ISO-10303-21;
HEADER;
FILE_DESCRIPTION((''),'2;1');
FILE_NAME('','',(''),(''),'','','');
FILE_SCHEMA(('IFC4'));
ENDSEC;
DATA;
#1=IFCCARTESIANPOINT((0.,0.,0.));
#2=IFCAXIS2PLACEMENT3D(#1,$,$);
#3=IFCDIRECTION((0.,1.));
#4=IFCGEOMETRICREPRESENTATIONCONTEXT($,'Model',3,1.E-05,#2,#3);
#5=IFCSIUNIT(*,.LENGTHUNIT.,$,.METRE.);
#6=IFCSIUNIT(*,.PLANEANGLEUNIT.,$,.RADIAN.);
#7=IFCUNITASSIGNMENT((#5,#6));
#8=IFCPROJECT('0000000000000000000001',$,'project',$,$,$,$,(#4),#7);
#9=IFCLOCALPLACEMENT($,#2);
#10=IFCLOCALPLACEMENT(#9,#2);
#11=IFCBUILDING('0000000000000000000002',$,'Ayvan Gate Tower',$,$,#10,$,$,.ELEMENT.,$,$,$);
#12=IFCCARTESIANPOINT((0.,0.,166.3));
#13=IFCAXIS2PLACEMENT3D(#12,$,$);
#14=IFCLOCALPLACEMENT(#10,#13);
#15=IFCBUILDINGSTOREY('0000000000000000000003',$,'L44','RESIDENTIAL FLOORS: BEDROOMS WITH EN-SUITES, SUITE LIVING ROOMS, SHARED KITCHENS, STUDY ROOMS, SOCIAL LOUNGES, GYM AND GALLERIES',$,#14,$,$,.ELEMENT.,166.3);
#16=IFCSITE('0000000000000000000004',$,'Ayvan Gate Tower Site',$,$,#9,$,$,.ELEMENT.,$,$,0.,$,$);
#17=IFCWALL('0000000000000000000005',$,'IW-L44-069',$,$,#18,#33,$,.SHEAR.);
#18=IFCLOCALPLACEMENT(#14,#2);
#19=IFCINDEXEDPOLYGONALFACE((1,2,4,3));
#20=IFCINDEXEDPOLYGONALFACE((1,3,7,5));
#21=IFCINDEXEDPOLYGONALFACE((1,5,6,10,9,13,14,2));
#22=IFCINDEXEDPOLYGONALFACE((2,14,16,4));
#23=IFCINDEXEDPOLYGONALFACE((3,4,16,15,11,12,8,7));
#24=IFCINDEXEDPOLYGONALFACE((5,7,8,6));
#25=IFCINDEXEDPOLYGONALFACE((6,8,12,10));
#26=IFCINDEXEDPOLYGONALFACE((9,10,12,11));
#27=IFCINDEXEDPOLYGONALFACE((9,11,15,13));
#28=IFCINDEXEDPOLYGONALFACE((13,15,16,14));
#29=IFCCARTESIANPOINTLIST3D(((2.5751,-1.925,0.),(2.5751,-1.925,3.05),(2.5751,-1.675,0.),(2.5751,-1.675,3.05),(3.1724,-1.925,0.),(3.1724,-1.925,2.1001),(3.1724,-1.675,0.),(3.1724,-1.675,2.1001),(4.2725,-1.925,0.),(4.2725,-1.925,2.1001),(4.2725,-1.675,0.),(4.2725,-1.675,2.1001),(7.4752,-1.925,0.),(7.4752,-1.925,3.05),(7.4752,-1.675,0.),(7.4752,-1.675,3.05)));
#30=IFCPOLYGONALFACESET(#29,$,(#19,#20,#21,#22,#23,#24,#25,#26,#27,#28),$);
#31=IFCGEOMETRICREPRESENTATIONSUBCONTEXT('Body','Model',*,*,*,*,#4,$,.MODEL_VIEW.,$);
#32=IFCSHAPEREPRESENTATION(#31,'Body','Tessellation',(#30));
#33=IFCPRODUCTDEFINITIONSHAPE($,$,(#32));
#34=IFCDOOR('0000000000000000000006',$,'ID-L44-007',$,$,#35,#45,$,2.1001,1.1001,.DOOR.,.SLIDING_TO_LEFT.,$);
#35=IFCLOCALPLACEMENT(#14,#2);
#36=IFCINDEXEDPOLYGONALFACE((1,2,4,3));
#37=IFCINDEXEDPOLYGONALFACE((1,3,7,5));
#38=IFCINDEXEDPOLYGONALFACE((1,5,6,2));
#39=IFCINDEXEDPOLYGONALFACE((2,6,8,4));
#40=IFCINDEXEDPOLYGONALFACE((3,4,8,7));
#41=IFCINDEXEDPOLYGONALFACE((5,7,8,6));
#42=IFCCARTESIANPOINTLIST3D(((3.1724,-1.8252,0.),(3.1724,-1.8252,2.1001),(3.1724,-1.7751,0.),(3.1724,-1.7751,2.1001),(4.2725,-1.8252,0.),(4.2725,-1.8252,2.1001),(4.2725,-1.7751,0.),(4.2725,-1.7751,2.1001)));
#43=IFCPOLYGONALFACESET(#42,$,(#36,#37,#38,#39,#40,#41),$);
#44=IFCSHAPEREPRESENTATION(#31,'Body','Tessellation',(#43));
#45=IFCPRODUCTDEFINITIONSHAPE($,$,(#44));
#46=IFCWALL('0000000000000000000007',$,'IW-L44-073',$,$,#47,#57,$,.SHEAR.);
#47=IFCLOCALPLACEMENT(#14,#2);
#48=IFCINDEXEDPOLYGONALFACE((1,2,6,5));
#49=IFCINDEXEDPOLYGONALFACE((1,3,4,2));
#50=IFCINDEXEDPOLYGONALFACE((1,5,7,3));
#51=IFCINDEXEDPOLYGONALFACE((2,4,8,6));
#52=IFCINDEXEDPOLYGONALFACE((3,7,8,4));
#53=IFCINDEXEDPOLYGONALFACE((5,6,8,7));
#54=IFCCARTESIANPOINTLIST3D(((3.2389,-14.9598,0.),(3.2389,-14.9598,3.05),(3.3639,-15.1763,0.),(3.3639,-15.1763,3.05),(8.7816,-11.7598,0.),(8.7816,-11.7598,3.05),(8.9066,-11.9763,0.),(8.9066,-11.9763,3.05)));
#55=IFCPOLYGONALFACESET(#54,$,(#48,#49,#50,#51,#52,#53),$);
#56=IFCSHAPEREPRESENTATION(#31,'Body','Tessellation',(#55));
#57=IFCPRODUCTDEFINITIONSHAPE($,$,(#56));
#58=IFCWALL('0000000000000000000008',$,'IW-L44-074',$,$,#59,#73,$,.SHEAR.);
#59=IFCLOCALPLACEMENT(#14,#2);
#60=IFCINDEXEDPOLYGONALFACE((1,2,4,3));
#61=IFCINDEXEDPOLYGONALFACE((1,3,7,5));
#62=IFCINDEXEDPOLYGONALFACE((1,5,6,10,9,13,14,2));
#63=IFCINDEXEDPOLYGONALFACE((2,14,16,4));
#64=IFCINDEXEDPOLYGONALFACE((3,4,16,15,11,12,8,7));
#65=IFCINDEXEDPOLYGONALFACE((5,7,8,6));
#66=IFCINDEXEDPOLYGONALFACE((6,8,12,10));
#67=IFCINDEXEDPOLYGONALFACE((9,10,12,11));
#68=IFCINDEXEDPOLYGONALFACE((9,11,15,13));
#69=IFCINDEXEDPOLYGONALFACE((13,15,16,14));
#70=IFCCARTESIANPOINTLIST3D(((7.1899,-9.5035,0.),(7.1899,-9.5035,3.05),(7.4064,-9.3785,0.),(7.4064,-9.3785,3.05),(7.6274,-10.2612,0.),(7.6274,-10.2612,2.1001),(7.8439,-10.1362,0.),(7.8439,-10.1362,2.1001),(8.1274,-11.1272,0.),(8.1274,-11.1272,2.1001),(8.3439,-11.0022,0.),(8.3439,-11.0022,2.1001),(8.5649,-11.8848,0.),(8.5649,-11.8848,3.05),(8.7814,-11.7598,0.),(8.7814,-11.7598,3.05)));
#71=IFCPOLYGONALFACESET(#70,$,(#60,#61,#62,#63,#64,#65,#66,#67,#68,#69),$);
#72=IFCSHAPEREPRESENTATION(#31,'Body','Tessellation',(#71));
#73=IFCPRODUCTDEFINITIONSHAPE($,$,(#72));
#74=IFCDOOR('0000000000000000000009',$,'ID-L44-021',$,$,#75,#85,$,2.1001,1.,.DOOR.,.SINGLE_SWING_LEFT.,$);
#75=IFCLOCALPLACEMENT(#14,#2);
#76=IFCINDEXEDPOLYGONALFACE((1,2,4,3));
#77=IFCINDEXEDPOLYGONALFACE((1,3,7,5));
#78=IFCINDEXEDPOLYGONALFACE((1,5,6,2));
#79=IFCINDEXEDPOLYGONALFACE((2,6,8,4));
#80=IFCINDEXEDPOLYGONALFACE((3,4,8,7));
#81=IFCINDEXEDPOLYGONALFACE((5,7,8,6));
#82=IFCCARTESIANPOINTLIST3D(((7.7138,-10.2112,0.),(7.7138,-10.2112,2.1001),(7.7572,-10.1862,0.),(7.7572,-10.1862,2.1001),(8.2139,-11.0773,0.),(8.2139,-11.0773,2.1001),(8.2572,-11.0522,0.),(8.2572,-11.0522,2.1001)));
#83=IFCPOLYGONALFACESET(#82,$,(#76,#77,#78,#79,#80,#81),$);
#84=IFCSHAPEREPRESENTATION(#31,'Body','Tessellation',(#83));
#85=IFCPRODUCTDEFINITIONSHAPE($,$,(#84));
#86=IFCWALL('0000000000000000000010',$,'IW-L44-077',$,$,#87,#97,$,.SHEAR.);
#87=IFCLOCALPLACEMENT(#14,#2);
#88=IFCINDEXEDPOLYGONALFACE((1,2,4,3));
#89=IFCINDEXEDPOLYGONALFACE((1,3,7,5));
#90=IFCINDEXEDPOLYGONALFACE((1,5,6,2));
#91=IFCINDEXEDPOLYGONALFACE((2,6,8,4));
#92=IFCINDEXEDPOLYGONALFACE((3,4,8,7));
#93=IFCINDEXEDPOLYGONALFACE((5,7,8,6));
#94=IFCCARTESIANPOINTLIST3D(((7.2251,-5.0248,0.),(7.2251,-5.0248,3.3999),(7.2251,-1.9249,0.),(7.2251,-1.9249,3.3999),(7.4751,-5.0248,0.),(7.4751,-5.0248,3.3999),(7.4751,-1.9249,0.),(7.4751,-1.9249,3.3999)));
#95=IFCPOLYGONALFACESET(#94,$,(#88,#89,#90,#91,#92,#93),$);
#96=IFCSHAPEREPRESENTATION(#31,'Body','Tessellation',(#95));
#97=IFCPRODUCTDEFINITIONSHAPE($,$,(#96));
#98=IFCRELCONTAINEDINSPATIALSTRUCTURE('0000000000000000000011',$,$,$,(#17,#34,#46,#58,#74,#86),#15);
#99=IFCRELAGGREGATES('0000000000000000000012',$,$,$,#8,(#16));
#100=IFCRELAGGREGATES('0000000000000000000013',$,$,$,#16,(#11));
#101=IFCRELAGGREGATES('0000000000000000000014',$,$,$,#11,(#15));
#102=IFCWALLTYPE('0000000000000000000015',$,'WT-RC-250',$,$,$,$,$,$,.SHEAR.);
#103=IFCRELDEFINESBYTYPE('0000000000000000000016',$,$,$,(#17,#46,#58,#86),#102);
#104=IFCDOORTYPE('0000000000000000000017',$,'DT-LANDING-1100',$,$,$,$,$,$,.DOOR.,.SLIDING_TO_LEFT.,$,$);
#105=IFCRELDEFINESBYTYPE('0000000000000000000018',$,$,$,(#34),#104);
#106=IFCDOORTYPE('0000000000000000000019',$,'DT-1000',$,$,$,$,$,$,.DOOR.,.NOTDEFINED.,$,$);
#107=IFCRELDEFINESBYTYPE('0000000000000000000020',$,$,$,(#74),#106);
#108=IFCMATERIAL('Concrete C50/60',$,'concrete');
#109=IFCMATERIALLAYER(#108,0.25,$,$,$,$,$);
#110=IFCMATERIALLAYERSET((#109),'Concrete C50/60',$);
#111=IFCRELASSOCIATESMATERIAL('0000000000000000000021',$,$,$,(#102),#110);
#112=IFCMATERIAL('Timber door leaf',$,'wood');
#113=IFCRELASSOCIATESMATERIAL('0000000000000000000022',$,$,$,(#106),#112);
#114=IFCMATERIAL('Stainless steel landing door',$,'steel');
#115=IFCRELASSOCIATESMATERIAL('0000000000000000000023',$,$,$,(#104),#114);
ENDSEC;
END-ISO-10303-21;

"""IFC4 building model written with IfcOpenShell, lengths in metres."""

from ifc_helpers import new_model, si_unit, direction, frame, frame_2d, origin, place, context, subcontext, project, spatial, rectangle, extrude, material, layer, layer_set, type_object, element, fill, save


model = new_model("IFC4")

# Units and contexts
model_context = context("Model", 3, precision=1e-05, world=origin(), true_north=direction((0.0, 1.0)))
body_context = subcontext(model_context, "Body", "Model", "MODEL_VIEW")
ifc_project = project(units=[si_unit("LENGTHUNIT", "METRE"), si_unit("PLANEANGLEUNIT", "RADIAN")], contexts=[model_context])

# Site, building, storey
site_placement = place(None, origin())
site = spatial("IfcSite", under=ifc_project, at=site_placement, Name="Ayvan Gate Tower Site", CompositionType="ELEMENT", RefElevation=0.0)
building_placement = place(site_placement, origin())
building = spatial("IfcBuilding", under=site, at=building_placement, Name="Ayvan Gate Tower", CompositionType="ELEMENT")
storey_placement = place(building_placement, frame((0.0, 0.0, 166.3)))
storey = spatial("IfcBuildingStorey", under=building, at=storey_placement, Name="L44", Description="RESIDENTIAL FLOORS: BEDROOMS WITH EN-SUITES, SUITE LIVING ROOMS, SHARED KITCHENS, STUDY ROOMS, SOCIAL LOUNGES, GYM AND GALLERIES", CompositionType="ELEMENT", Elevation=166.3)

# Shared definitions
ifc_material_1 = material(Name="Timber door leaf", Category="wood")

# Shared definitions
ifc_material_2 = material(Name="Concrete C50/60", Category="concrete")
ifc_layer_1 = layer(ifc_material_2, 0.25)
ifc_layer_set_1 = layer_set([ifc_layer_1], Name="Concrete C50/60")
wall_type_1 = type_object("IfcWallType", Name="WT-RC-250", PredefinedType="SHEAR", material=ifc_layer_set_1)
door_type_1 = type_object("IfcDoorType", Name="DT-1000", OperationType="NOTDEFINED", PredefinedType="DOOR", material=ifc_material_1)

# Wall, opening, door
wall_1_placement = place(storey_placement, frame((2.575, -1.8, 0.0), z_axis=(0.0, 0.0, 1.0), x_axis=(1.0, 0.0, 0.0)))
wall_1 = element("IfcWall", 1, at=wall_1_placement, inside=storey, type_object=wall_type_1, Name="IW-L44-069", PredefinedType="SHEAR", context=body_context, shape_type="SweptSolid", body=[
    extrude(rectangle(XDim=4.9001, YDim=0.25, at=frame_2d((2.4502, 0.0))), origin(), (0.0, 0.0, 1.0), 3.05),
])
opening_1_placement = place(wall_1_placement, frame((0.5974, 0.0, 0.0)))
opening_1 = element("IfcOpeningElement", 2, at=opening_1_placement, cuts=wall_1, PredefinedType="OPENING", context=body_context, shape_type="SweptSolid", body=[
    extrude(rectangle(XDim=1.1001, YDim=2.1001, at=frame_2d((0.55, 1.05))), frame((0.0, 0.135, 0.0), z_axis=(0.0, -1.0, 0.0), x_axis=(1.0, 0.0, 0.0)), (0.0, 0.0, 1.0), 0.27),
])
ifc_material_3 = material(Name="Stainless steel landing door", Category="steel")
door_type_2 = type_object("IfcDoorType", Name="DT-LANDING-1100", OperationType="SLIDING_TO_LEFT", PredefinedType="DOOR", material=ifc_material_3)
door_1_placement = place(opening_1_placement, origin())
door_1 = element("IfcDoor", 3, at=door_1_placement, inside=storey, type_object=door_type_2, Name="ID-L44-007", OperationType="SLIDING_TO_LEFT", OverallHeight=2.1001, OverallWidth=1.1001, PredefinedType="DOOR", context=body_context, shape_type="SweptSolid", body=[
    extrude(rectangle(XDim=1.1001, YDim=2.1001, at=frame_2d((0.55, 1.05))), frame((0.0, 0.0249, 0.0), z_axis=(0.0, -1.0, 0.0), x_axis=(1.0, 0.0, 0.0)), (0.0, 0.0, 1.0), 0.05),
])
fill(opening_1, door_1)

# Wall
wall_2_placement = place(storey_placement, frame((3.3013, -15.0681, 0.0), z_axis=(0.0, 0.0, 1.0), x_axis=(0.866035, 0.499983, 0.0)))
element("IfcWall", 4, at=wall_2_placement, inside=storey, type_object=wall_type_1, Name="IW-L44-073", PredefinedType="SHEAR", context=body_context, shape_type="SweptSolid", body=[
    extrude(rectangle(XDim=6.4001, YDim=0.25, at=frame_2d((3.2002, 0.0))), origin(), (0.0, 0.0, 1.0), 3.05),
])

# Wall, opening, door
wall_3_placement = place(storey_placement, frame((7.2981, -9.4409, 0.0), z_axis=(0.0, 0.0, 1.0), x_axis=(0.500035, -0.866005, 0.0)))
wall_3 = element("IfcWall", 5, at=wall_3_placement, inside=storey, type_object=wall_type_1, Name="IW-L44-074", PredefinedType="SHEAR", context=body_context, shape_type="SweptSolid", body=[
    extrude(rectangle(XDim=2.7498, YDim=0.25, at=frame_2d((1.375, 0.0))), origin(), (0.0, 0.0, 1.0), 3.05),
])
opening_2_placement = place(wall_3_placement, frame((0.875, 0.0, 0.0)))
opening_2 = element("IfcOpeningElement", 6, at=opening_2_placement, cuts=wall_3, PredefinedType="OPENING", context=body_context, shape_type="SweptSolid", body=[
    extrude(rectangle(XDim=1.0, YDim=2.1001, at=frame_2d((0.5, 1.05))), frame((0.0, 0.135, 0.0), z_axis=(0.0, -1.0, 0.0), x_axis=(1.0, 0.0, 0.0)), (0.0, 0.0, 1.0), 0.27),
])
door_2_placement = place(opening_2_placement, origin())
door_2 = element("IfcDoor", 7, at=door_2_placement, inside=storey, type_object=door_type_1, Name="ID-L44-021", OperationType="SINGLE_SWING_LEFT", OverallHeight=2.1001, OverallWidth=1.0, PredefinedType="DOOR", context=body_context, shape_type="SweptSolid", body=[
    extrude(rectangle(XDim=1.0, YDim=2.1001, at=frame_2d((0.5, 1.05))), frame((0.0, 0.0249, 0.0), z_axis=(0.0, -1.0, 0.0), x_axis=(1.0, 0.0, 0.0)), (0.0, 0.0, 1.0), 0.05),
])
fill(opening_2, door_2)

# Wall
wall_4_placement = place(storey_placement, frame((7.3501, -1.925, 0.0), z_axis=(0.0, 0.0, 1.0), x_axis=(0.0, -1.0, 0.0)))
element("IfcWall", 8, at=wall_4_placement, inside=storey, type_object=wall_type_1, Name="IW-L44-077", PredefinedType="SHEAR", context=body_context, shape_type="SweptSolid", body=[
    extrude(rectangle(XDim=3.0999, YDim=0.25, at=frame_2d((1.5498, 0.0))), origin(), (0.0, 0.0, 1.0), 3.3999),
])

save(model, "model.ifc")
